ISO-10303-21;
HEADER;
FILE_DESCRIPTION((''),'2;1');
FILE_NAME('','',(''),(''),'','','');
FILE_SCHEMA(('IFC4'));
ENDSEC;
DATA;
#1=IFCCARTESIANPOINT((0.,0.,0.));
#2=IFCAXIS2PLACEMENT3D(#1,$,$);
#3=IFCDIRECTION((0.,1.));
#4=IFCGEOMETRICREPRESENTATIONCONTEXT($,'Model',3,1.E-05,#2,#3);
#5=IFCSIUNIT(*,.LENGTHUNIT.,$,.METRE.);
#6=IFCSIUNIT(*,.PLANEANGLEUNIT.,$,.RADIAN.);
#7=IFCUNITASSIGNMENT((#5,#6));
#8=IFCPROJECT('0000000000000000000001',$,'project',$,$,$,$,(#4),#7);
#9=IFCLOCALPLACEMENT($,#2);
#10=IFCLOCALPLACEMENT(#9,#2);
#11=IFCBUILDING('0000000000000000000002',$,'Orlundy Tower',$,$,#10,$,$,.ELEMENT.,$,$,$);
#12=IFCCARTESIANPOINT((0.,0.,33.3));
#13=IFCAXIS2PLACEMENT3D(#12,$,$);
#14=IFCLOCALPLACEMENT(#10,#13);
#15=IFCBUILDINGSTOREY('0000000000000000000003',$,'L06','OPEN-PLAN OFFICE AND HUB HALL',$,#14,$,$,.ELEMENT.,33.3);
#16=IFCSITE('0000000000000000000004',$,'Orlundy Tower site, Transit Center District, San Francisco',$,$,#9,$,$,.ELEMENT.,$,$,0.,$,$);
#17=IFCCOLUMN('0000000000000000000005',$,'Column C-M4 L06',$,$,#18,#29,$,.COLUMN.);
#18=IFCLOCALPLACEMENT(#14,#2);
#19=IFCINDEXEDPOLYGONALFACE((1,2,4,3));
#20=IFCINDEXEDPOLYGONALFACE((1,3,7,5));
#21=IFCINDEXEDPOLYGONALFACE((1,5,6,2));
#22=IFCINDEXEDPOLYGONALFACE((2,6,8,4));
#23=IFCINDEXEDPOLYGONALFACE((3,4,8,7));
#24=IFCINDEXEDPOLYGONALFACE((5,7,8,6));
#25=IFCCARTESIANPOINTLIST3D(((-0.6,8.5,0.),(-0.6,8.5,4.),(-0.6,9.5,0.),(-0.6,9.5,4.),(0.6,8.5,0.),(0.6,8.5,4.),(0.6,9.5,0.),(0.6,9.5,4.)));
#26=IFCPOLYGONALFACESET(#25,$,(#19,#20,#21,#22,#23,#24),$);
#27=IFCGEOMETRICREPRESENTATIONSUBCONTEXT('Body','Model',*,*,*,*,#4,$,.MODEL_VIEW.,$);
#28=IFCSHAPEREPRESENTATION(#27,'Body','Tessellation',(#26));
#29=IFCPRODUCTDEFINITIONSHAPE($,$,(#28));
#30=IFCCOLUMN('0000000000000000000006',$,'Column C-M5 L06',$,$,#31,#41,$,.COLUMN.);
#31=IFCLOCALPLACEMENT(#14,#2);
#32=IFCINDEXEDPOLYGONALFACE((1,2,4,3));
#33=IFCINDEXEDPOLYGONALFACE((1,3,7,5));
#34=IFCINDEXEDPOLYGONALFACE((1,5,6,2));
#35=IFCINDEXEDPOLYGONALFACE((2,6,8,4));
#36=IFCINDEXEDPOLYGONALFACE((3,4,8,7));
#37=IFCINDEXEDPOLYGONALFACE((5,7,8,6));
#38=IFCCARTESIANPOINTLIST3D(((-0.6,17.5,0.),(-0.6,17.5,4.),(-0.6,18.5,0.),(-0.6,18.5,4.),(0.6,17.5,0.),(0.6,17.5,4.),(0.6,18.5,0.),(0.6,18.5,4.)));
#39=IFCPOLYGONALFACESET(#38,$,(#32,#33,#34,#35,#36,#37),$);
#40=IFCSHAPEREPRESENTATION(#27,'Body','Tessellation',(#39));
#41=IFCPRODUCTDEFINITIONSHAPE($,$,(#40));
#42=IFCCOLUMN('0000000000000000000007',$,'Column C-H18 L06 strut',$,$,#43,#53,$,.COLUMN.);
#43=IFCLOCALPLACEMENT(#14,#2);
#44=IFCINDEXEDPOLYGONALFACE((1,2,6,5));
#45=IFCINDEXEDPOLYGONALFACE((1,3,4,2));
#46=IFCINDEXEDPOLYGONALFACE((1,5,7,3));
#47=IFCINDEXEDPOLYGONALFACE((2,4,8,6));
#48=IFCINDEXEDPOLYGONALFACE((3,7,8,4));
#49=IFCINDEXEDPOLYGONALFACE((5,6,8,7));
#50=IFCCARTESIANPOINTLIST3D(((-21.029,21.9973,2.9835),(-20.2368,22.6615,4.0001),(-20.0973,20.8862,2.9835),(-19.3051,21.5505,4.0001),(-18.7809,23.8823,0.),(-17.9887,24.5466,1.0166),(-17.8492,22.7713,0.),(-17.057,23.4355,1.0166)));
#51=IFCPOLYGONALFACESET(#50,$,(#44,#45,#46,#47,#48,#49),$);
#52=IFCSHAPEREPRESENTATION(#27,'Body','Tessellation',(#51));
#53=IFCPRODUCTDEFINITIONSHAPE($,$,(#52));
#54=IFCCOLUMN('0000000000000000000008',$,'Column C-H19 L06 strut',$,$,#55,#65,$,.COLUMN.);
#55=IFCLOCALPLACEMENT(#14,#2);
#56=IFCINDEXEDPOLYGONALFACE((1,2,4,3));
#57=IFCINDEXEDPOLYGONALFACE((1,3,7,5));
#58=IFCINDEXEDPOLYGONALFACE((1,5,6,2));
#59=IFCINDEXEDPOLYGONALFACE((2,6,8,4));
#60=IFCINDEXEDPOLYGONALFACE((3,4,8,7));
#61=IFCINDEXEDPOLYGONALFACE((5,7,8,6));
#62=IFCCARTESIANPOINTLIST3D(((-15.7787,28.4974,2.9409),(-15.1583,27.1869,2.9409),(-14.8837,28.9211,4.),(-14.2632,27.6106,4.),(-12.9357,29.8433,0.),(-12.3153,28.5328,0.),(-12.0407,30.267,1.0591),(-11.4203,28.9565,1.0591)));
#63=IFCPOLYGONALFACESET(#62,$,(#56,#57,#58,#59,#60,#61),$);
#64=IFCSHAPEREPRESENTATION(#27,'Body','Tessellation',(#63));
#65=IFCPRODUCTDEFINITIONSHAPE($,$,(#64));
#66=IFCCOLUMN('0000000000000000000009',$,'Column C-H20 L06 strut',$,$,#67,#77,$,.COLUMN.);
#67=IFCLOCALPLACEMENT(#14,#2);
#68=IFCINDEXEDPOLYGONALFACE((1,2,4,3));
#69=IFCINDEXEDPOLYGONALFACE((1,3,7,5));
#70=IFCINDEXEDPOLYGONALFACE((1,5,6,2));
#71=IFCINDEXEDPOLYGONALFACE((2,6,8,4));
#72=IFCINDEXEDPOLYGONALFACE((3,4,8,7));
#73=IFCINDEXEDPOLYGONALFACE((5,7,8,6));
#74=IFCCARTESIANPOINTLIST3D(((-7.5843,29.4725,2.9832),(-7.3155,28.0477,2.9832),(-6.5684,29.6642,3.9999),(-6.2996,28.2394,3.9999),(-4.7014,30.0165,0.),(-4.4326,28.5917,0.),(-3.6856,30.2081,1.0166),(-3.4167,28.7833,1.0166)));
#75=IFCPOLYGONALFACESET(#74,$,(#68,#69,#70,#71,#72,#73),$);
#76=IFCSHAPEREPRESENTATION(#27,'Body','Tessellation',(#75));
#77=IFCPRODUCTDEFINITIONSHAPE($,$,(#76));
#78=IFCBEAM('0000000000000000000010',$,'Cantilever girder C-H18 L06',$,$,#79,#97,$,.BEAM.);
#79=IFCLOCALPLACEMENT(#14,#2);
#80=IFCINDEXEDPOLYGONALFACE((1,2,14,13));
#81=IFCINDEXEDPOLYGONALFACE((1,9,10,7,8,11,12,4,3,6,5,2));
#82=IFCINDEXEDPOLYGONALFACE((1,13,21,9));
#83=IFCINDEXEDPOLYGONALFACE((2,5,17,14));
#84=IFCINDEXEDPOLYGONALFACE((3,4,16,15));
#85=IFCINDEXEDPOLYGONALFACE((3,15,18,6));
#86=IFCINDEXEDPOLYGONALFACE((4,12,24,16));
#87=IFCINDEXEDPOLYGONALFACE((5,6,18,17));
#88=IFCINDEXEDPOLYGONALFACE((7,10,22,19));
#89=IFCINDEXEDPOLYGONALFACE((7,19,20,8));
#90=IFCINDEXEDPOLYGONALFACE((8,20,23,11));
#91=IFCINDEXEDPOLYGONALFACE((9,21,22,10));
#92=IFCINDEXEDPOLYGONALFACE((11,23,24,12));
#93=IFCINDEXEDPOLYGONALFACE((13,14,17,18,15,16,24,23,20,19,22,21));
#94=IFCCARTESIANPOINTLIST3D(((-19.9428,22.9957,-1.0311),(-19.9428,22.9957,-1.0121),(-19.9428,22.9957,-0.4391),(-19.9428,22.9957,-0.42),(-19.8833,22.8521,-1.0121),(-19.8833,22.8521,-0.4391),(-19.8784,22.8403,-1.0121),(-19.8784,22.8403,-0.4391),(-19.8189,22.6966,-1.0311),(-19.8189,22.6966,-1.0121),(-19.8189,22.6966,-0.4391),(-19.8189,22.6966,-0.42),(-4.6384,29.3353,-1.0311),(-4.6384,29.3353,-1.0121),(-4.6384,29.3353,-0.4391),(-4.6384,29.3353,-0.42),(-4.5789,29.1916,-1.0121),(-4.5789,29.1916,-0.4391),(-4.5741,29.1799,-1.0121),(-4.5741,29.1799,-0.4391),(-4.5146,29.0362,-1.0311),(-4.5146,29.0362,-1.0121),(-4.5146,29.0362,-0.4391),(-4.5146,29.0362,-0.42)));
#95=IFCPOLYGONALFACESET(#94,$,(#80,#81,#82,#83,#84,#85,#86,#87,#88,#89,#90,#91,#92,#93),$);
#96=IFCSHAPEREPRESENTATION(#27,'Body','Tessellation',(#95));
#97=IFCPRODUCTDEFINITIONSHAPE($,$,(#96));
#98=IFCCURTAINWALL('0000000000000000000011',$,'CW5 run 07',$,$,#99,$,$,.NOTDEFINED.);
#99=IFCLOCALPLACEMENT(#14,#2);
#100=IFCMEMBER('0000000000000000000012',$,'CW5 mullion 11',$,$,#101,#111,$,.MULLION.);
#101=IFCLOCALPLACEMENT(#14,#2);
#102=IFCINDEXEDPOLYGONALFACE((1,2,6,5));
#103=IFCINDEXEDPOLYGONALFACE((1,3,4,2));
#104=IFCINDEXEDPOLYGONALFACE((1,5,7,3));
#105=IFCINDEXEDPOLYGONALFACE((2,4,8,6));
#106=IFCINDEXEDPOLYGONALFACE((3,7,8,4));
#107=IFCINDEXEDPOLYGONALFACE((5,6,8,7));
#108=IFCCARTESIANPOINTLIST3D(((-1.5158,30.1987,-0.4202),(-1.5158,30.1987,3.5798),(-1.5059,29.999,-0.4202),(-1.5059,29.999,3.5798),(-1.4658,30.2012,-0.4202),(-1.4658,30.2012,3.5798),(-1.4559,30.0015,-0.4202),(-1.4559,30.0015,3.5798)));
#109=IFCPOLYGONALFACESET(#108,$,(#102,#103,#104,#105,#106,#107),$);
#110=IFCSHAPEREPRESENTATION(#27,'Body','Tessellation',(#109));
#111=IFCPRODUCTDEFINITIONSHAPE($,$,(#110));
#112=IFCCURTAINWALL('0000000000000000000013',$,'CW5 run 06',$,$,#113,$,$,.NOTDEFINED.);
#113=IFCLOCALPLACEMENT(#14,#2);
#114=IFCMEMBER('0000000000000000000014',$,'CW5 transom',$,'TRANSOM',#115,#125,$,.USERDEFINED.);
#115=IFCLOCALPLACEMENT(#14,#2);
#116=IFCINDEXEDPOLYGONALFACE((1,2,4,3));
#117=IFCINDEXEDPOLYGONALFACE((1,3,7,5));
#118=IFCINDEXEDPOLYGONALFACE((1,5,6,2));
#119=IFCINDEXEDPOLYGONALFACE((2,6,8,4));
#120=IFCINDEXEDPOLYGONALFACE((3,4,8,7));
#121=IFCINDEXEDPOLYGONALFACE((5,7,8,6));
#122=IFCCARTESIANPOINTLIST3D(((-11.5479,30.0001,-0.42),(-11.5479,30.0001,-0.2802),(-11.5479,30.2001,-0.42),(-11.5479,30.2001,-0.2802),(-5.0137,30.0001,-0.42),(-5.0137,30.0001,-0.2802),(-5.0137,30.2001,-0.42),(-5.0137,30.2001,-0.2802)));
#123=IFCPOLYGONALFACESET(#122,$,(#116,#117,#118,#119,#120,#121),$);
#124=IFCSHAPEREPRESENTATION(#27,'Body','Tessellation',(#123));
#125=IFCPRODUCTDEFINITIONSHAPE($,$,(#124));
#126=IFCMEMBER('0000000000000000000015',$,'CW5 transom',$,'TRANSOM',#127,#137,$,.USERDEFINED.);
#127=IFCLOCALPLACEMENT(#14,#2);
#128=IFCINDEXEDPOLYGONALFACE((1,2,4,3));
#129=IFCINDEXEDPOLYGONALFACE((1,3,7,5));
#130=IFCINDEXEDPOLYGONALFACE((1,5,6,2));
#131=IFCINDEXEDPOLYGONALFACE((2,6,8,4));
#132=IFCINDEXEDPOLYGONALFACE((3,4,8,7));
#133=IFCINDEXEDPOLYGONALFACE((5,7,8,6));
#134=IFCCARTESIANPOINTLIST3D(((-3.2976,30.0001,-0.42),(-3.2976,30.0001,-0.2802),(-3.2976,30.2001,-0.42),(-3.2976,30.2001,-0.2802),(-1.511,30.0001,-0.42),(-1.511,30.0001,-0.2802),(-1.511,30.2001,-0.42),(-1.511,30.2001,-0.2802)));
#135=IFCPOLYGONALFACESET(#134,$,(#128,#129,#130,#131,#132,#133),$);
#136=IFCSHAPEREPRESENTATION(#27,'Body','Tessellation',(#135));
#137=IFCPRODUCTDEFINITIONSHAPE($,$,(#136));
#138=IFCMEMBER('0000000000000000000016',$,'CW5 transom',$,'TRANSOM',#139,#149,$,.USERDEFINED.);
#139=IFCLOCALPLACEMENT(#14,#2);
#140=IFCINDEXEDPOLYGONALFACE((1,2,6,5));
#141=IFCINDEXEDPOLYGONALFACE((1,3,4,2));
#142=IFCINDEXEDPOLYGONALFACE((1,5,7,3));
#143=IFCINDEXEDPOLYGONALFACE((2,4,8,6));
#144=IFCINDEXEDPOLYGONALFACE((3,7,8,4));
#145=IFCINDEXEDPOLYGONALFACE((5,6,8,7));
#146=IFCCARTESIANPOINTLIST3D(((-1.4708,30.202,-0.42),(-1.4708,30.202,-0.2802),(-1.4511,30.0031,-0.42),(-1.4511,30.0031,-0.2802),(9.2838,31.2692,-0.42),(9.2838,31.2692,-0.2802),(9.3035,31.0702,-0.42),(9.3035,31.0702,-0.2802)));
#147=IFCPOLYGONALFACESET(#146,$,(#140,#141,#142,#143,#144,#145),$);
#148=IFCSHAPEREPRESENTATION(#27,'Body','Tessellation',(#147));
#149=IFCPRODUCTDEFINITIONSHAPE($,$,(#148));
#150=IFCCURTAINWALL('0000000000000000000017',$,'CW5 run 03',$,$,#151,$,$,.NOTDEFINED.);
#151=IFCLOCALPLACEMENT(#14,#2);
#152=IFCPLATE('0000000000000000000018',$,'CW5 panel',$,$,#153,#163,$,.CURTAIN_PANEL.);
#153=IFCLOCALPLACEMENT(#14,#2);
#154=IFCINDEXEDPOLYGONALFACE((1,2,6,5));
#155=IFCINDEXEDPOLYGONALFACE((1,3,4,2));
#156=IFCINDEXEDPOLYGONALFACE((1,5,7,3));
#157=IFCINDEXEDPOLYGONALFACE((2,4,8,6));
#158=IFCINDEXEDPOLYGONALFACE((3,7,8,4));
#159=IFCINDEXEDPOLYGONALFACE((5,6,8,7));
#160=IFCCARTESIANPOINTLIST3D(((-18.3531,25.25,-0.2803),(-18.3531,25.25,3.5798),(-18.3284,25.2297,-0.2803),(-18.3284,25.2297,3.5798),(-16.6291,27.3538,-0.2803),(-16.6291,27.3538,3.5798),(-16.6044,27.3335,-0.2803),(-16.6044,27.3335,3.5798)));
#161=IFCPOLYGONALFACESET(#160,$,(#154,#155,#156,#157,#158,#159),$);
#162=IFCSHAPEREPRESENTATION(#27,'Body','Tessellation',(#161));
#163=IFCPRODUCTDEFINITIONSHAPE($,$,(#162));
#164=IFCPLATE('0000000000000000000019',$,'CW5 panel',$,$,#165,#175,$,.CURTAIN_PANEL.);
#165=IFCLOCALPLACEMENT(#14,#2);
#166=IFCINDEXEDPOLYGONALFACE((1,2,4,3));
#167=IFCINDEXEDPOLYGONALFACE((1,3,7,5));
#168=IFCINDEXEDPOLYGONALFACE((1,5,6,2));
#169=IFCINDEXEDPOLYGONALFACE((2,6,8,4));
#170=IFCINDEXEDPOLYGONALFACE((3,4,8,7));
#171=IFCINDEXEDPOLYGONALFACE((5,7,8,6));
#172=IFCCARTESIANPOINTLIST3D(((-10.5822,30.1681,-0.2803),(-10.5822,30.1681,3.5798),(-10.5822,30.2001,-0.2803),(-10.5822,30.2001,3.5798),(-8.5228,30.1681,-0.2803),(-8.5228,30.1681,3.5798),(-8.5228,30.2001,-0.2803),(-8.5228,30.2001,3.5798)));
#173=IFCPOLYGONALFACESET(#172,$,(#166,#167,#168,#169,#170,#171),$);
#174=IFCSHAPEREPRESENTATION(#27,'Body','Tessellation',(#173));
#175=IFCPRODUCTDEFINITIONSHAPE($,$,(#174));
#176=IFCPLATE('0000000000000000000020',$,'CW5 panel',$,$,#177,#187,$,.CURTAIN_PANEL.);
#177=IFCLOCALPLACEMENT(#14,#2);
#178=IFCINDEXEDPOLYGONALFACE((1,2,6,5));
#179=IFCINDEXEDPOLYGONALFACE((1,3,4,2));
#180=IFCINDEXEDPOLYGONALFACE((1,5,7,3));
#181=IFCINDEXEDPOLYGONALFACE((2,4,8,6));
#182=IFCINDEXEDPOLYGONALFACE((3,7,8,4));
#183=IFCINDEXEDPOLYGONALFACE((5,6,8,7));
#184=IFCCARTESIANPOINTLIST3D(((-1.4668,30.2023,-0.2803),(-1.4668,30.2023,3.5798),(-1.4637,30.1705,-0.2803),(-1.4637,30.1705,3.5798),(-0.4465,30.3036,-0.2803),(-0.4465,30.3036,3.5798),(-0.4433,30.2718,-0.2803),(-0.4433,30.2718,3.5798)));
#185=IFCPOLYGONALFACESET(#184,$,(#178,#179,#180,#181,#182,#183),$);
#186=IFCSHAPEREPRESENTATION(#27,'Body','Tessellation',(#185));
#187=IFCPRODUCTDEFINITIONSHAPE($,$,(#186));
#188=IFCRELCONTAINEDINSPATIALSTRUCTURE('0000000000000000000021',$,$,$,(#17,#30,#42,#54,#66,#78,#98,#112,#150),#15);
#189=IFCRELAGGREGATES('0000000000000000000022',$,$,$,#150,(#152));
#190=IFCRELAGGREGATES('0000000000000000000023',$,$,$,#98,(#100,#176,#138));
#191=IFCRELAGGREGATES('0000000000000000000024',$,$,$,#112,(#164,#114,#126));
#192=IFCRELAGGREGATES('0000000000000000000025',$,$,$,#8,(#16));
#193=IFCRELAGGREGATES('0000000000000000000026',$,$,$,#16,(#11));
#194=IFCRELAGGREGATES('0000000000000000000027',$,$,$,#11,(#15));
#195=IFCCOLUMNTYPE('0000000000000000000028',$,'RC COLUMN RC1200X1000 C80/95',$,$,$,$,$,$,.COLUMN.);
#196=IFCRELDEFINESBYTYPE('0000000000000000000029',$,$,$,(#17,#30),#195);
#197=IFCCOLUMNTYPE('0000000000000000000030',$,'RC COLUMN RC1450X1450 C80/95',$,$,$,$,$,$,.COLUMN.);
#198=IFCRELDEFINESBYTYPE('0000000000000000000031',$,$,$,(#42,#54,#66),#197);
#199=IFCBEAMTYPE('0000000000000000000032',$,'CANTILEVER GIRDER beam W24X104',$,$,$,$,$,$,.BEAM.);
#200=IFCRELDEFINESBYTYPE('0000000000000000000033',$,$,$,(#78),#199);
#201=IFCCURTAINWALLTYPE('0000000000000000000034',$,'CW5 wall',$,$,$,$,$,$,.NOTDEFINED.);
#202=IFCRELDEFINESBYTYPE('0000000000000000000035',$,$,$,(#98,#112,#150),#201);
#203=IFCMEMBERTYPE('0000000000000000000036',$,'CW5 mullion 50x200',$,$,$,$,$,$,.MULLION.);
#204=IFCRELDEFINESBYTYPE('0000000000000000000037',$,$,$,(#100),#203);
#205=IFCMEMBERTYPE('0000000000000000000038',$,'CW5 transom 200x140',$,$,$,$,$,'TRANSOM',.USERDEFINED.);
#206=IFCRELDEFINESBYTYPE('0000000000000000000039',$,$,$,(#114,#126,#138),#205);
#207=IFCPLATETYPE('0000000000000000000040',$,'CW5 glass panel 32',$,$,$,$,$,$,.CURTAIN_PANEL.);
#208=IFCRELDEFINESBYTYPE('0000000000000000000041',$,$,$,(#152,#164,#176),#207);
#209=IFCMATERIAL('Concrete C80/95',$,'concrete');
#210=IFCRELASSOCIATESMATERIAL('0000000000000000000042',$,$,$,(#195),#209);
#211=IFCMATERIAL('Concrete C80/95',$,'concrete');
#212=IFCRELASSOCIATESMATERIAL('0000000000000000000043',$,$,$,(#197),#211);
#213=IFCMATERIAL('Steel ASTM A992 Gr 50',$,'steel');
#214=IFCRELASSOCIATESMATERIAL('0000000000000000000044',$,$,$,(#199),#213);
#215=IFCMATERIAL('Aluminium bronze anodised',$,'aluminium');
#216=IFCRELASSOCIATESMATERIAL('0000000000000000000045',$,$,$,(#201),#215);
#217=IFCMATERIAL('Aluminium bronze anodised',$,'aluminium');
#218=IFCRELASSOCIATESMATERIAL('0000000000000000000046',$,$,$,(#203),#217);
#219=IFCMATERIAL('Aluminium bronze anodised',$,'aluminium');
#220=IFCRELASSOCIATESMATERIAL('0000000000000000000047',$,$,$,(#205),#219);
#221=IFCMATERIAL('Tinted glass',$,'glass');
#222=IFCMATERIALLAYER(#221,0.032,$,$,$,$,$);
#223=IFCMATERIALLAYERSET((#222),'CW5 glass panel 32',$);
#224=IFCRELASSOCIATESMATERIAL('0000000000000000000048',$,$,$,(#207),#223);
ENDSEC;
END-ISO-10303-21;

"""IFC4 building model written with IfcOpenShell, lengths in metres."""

from ifc_helpers import new_model, si_unit, direction, frame, origin, origin_2d, place, context, subcontext, project, spatial, rectangle, i_section, extrude, material, layer, layer_set, material_profile, profile_set, type_object, element, aggregate, save


model = new_model("IFC4")

# Units and contexts
model_context = context("Model", 3, precision=1e-05, world=origin(), true_north=direction((0.0, 1.0)))
body_context = subcontext(model_context, "Body", "Model", "MODEL_VIEW")
ifc_project = project(units=[si_unit("LENGTHUNIT", "METRE"), si_unit("PLANEANGLEUNIT", "RADIAN")], contexts=[model_context])

# Site, building, storey
site_placement = place(None, origin())
site = spatial("IfcSite", under=ifc_project, at=site_placement, Name="Orlundy Tower site, Transit Center District, San Francisco", CompositionType="ELEMENT", RefElevation=0.0)
building_placement = place(site_placement, origin())
building = spatial("IfcBuilding", under=site, at=building_placement, Name="Orlundy Tower", CompositionType="ELEMENT")
storey_placement = place(building_placement, frame((0.0, 0.0, 33.3)))
storey = spatial("IfcBuildingStorey", under=building, at=storey_placement, Name="L06", Description="OPEN-PLAN OFFICE AND HUB HALL", CompositionType="ELEMENT", Elevation=33.3)

# Columns
ifc_material_1 = material(Name="Concrete C80/95", Category="concrete")
ifc_material_profile_1 = material_profile(ifc_material_1, rectangle(XDim=1.2, YDim=1.0, at=origin_2d()), Name="RC1200X1000")
ifc_profile_set_1 = profile_set([ifc_material_profile_1], Name="Concrete C80/95")
column_type_1 = type_object("IfcColumnType", Name="RC COLUMN RC1200X1000 C80/95", PredefinedType="COLUMN", material=ifc_profile_set_1)
for number, where, z_axis, x_axis, name in (
    (1, (0.0, 9.0, 0.0), (0.0, 0.0, 1.0), (1.0, 0.0, 0.0), "Column C-M4 L06"),
    (2, (0.0, 18.0, 0.0), (0.0, 0.0, 1.0), (1.0, 0.0, 0.0), "Column C-M5 L06"),
):
    element("IfcColumn", number, at=place(storey_placement, frame(where, z_axis=z_axis, x_axis=x_axis)), inside=storey, type_object=column_type_1, Name=name, PredefinedType="COLUMN", context=body_context, shape_type="SweptSolid", body=[
        extrude(rectangle(XDim=1.2, YDim=1.0, at=origin_2d()), origin(), (0.0, 0.0, 1.0), 4.0),
    ])
ifc_material_2 = material(Name="Concrete C80/95", Category="concrete")
ifc_material_profile_2 = material_profile(ifc_material_2, rectangle(XDim=1.45, YDim=1.45, at=origin_2d()), Name="RC1450X1450")
ifc_profile_set_2 = profile_set([ifc_material_profile_2], Name="Concrete C80/95")
column_type_2 = type_object("IfcColumnType", Name="RC COLUMN RC1450X1450 C80/95", PredefinedType="COLUMN", material=ifc_profile_set_2)
column_1_placement = place(storey_placement, frame((-17.9189, 23.6589, 0.5083), z_axis=(-0.537269, -0.450505, 0.713013), x_axis=(0.642522, -0.766267, 0.0)))
element("IfcColumn", 3, at=column_1_placement, inside=storey, type_object=column_type_2, Name="Column C-H18 L06 strut", PredefinedType="COLUMN", context=body_context, shape_type="SweptSolid", body=[
    extrude(rectangle(XDim=1.45, YDim=1.45, at=origin_2d()), origin(), (0.0, 0.0, 1.0), 4.1843),
])
column_2_placement = place(storey_placement, frame((-12.178, 29.3999, 0.5295), z_axis=(-0.660216, -0.312561, 0.68295), x_axis=(0.427893, -0.903829, 0.0)))
element("IfcColumn", 4, at=column_2_placement, inside=storey, type_object=column_type_2, Name="Column C-H19 L06 strut", PredefinedType="COLUMN", context=body_context, shape_type="SweptSolid", body=[
    extrude(rectangle(XDim=1.45, YDim=1.45, at=origin_2d()), origin(), (0.0, 0.0, 1.0), 4.3062),
])
column_3_placement = place(storey_placement, frame((-4.0591, 29.3999, 0.5083), z_axis=(-0.689012, -0.130007, 0.712994), x_axis=(0.185414, -0.982661, 0.0)))
element("IfcColumn", 5, at=column_3_placement, inside=storey, type_object=column_type_2, Name="Column C-H20 L06 strut", PredefinedType="COLUMN", context=body_context, shape_type="SweptSolid", body=[
    extrude(rectangle(XDim=1.45, YDim=1.45, at=origin_2d()), origin(), (0.0, 0.0, 1.0), 4.1841),
])

# Beam
ifc_material_3 = material(Name="Steel ASTM A992 Gr 50", Category="steel")
ifc_material_profile_3 = material_profile(ifc_material_3, i_section(OverallWidth=0.3237, OverallDepth=0.6111, WebThickness=0.0127, FlangeThickness=0.019, at=origin_2d()), Name="W24X104")
ifc_profile_set_3 = profile_set([ifc_material_profile_3], Name="Steel ASTM A992 Gr 50")
beam_type = type_object("IfcBeamType", Name="CANTILEVER GIRDER beam W24X104", PredefinedType="BEAM", material=ifc_profile_set_3)
beam_placement = place(storey_placement, frame((-19.8809, 22.8462, -0.7256), z_axis=(0.923873, 0.382698, 0.0), x_axis=(-0.382698, 0.923873, 0.0)))
element("IfcBeam", 6, at=beam_placement, inside=storey, type_object=beam_type, Name="Cantilever girder C-H18 L06", PredefinedType="BEAM", context=body_context, shape_type="SweptSolid", body=[
    extrude(i_section(OverallWidth=0.3237, OverallDepth=0.6111, WebThickness=0.0127, FlangeThickness=0.019, at=origin_2d()), origin(), (0.0, 0.0, 1.0), 16.5654),
])

# Curtain wall, member
ifc_material_4 = material(Name="Aluminium bronze anodised", Category="aluminium")
curtain_wall_type = type_object("IfcCurtainWallType", Name="CW5 wall", PredefinedType="NOTDEFINED", material=ifc_material_4)
curtain_wall_1_placement = place(storey_placement, origin())
curtain_wall_1 = element("IfcCurtainWall", 7, at=curtain_wall_1_placement, inside=storey, type_object=curtain_wall_type, Name="CW5 run 07", PredefinedType="NOTDEFINED")
ifc_material_5 = material(Name="Aluminium bronze anodised", Category="aluminium")
ifc_material_profile_4 = material_profile(ifc_material_5, rectangle(XDim=0.2, YDim=0.05, at=origin_2d()), Name="CW5 mullion 50x200")
ifc_profile_set_4 = profile_set([ifc_material_profile_4], Name="Aluminium bronze anodised")
member_type_1 = type_object("IfcMemberType", Name="CW5 mullion 50x200", PredefinedType="MULLION", material=ifc_profile_set_4)
member_1_placement = place(storey_placement, frame((-1.4858, 30.1001, -0.4202), z_axis=(0.0, 0.0, 1.0), x_axis=(-0.049432, 0.998777, 0.0)))
member_1 = element("IfcMember", 8, at=member_1_placement, type_object=member_type_1, Name="CW5 mullion 11", PredefinedType="MULLION", context=body_context, shape_type="SweptSolid", body=[
    extrude(rectangle(XDim=0.2, YDim=0.05, at=origin_2d()), origin(), (0.0, 0.0, 1.0), 4.0),
])

# Curtain wall, members
curtain_wall_2_placement = place(storey_placement, origin())
curtain_wall_2 = element("IfcCurtainWall", 9, at=curtain_wall_2_placement, inside=storey, type_object=curtain_wall_type, Name="CW5 run 06", PredefinedType="NOTDEFINED")
ifc_material_6 = material(Name="Aluminium bronze anodised", Category="aluminium")
ifc_material_profile_5 = material_profile(ifc_material_6, rectangle(XDim=0.2, YDim=0.1399, at=origin_2d()), Name="CW5 transom 200x140")
ifc_profile_set_5 = profile_set([ifc_material_profile_5], Name="Aluminium bronze anodised")
member_type_2 = type_object("IfcMemberType", Name="CW5 transom 200x140", ElementType="TRANSOM", PredefinedType="USERDEFINED", material=ifc_profile_set_5)
member_2_placement = place(storey_placement, frame((-11.5479, 30.1001, -0.3501), z_axis=(1.0, 0.0, 0.0), x_axis=(0.0, 1.0, 0.0)))
member_2 = element("IfcMember", 10, at=member_2_placement, type_object=member_type_2, Name="CW5 transom", ObjectType="TRANSOM", PredefinedType="USERDEFINED", context=body_context, shape_type="SweptSolid", body=[
    extrude(rectangle(XDim=0.2, YDim=0.1399, at=origin_2d()), origin(), (0.0, 0.0, 1.0), 6.5342),
])
member_3_placement = place(storey_placement, frame((-3.2976, 30.1001, -0.3501), z_axis=(1.0, 0.0, 0.0), x_axis=(0.0, 1.0, 0.0)))
member_3 = element("IfcMember", 11, at=member_3_placement, type_object=member_type_2, Name="CW5 transom", ObjectType="TRANSOM", PredefinedType="USERDEFINED", context=body_context, shape_type="SweptSolid", body=[
    extrude(rectangle(XDim=0.2, YDim=0.1399, at=origin_2d()), origin(), (0.0, 0.0, 1.0), 1.7866),
])

# Member
member_4_placement = place(storey_placement, frame((-1.4609, 30.1025, -0.3501), z_axis=(0.995113, 0.098741, 0.0), x_axis=(-0.098741, 0.995113, 0.0)))
member_4 = element("IfcMember", 12, at=member_4_placement, type_object=member_type_2, Name="CW5 transom", ObjectType="TRANSOM", PredefinedType="USERDEFINED", context=body_context, shape_type="SweptSolid", body=[
    extrude(rectangle(XDim=0.2, YDim=0.1399, at=origin_2d()), origin(), (0.0, 0.0, 1.0), 10.8074),
])

# Curtain wall, plate
curtain_wall_3_placement = place(storey_placement, origin())
curtain_wall_3 = element("IfcCurtainWall", 13, at=curtain_wall_3_placement, inside=storey, type_object=curtain_wall_type, Name="CW5 run 03", PredefinedType="NOTDEFINED")
ifc_material_7 = material(Name="Tinted glass", Category="glass")
ifc_layer_1 = layer(ifc_material_7, 0.032)
ifc_layer_set_1 = layer_set([ifc_layer_1], Name="CW5 glass panel 32")
plate_type_1 = type_object("IfcPlateType", Name="CW5 glass panel 32", PredefinedType="CURTAIN_PANEL", material=ifc_layer_set_1)
plate_1_placement = place(storey_placement, frame((-17.4788, 26.2917, -0.2803), z_axis=(0.0, 0.0, 1.0), x_axis=(0.633815, 0.773485, 0.0)))
plate_1 = element("IfcPlate", 14, at=plate_1_placement, type_object=plate_type_1, Name="CW5 panel", PredefinedType="CURTAIN_PANEL", context=body_context, shape_type="SweptSolid", body=[
    extrude(rectangle(XDim=2.72, YDim=0.032, at=origin_2d()), origin(), (0.0, 0.0, 1.0), 3.8601),
])
aggregate(curtain_wall_3, [plate_1])

# Plates
plate_2_placement = place(storey_placement, frame((-9.5525, 30.1841, -0.2803), z_axis=(0.0, 0.0, 1.0), x_axis=(1.0, 0.0, 0.0)))
plate_2 = element("IfcPlate", 15, at=plate_2_placement, type_object=plate_type_1, Name="CW5 panel", PredefinedType="CURTAIN_PANEL", context=body_context, shape_type="SweptSolid", body=[
    extrude(rectangle(XDim=2.0593, YDim=0.032, at=origin_2d()), origin(), (0.0, 0.0, 1.0), 3.8601),
])
plate_3_placement = place(storey_placement, frame((-0.9551, 30.2371, -0.2803), z_axis=(0.0, 0.0, 1.0), x_axis=(0.995113, 0.098743, 0.0)))
plate_3 = element("IfcPlate", 16, at=plate_3_placement, type_object=plate_type_1, Name="CW5 panel", PredefinedType="CURTAIN_PANEL", context=body_context, shape_type="SweptSolid", body=[
    extrude(rectangle(XDim=1.0254, YDim=0.032, at=origin_2d()), origin(), (0.0, 0.0, 1.0), 3.8601),
])
aggregate(curtain_wall_1, [member_1, plate_3, member_4])
aggregate(curtain_wall_2, [plate_2, member_2, member_3])

save(model, "model.ifc")
